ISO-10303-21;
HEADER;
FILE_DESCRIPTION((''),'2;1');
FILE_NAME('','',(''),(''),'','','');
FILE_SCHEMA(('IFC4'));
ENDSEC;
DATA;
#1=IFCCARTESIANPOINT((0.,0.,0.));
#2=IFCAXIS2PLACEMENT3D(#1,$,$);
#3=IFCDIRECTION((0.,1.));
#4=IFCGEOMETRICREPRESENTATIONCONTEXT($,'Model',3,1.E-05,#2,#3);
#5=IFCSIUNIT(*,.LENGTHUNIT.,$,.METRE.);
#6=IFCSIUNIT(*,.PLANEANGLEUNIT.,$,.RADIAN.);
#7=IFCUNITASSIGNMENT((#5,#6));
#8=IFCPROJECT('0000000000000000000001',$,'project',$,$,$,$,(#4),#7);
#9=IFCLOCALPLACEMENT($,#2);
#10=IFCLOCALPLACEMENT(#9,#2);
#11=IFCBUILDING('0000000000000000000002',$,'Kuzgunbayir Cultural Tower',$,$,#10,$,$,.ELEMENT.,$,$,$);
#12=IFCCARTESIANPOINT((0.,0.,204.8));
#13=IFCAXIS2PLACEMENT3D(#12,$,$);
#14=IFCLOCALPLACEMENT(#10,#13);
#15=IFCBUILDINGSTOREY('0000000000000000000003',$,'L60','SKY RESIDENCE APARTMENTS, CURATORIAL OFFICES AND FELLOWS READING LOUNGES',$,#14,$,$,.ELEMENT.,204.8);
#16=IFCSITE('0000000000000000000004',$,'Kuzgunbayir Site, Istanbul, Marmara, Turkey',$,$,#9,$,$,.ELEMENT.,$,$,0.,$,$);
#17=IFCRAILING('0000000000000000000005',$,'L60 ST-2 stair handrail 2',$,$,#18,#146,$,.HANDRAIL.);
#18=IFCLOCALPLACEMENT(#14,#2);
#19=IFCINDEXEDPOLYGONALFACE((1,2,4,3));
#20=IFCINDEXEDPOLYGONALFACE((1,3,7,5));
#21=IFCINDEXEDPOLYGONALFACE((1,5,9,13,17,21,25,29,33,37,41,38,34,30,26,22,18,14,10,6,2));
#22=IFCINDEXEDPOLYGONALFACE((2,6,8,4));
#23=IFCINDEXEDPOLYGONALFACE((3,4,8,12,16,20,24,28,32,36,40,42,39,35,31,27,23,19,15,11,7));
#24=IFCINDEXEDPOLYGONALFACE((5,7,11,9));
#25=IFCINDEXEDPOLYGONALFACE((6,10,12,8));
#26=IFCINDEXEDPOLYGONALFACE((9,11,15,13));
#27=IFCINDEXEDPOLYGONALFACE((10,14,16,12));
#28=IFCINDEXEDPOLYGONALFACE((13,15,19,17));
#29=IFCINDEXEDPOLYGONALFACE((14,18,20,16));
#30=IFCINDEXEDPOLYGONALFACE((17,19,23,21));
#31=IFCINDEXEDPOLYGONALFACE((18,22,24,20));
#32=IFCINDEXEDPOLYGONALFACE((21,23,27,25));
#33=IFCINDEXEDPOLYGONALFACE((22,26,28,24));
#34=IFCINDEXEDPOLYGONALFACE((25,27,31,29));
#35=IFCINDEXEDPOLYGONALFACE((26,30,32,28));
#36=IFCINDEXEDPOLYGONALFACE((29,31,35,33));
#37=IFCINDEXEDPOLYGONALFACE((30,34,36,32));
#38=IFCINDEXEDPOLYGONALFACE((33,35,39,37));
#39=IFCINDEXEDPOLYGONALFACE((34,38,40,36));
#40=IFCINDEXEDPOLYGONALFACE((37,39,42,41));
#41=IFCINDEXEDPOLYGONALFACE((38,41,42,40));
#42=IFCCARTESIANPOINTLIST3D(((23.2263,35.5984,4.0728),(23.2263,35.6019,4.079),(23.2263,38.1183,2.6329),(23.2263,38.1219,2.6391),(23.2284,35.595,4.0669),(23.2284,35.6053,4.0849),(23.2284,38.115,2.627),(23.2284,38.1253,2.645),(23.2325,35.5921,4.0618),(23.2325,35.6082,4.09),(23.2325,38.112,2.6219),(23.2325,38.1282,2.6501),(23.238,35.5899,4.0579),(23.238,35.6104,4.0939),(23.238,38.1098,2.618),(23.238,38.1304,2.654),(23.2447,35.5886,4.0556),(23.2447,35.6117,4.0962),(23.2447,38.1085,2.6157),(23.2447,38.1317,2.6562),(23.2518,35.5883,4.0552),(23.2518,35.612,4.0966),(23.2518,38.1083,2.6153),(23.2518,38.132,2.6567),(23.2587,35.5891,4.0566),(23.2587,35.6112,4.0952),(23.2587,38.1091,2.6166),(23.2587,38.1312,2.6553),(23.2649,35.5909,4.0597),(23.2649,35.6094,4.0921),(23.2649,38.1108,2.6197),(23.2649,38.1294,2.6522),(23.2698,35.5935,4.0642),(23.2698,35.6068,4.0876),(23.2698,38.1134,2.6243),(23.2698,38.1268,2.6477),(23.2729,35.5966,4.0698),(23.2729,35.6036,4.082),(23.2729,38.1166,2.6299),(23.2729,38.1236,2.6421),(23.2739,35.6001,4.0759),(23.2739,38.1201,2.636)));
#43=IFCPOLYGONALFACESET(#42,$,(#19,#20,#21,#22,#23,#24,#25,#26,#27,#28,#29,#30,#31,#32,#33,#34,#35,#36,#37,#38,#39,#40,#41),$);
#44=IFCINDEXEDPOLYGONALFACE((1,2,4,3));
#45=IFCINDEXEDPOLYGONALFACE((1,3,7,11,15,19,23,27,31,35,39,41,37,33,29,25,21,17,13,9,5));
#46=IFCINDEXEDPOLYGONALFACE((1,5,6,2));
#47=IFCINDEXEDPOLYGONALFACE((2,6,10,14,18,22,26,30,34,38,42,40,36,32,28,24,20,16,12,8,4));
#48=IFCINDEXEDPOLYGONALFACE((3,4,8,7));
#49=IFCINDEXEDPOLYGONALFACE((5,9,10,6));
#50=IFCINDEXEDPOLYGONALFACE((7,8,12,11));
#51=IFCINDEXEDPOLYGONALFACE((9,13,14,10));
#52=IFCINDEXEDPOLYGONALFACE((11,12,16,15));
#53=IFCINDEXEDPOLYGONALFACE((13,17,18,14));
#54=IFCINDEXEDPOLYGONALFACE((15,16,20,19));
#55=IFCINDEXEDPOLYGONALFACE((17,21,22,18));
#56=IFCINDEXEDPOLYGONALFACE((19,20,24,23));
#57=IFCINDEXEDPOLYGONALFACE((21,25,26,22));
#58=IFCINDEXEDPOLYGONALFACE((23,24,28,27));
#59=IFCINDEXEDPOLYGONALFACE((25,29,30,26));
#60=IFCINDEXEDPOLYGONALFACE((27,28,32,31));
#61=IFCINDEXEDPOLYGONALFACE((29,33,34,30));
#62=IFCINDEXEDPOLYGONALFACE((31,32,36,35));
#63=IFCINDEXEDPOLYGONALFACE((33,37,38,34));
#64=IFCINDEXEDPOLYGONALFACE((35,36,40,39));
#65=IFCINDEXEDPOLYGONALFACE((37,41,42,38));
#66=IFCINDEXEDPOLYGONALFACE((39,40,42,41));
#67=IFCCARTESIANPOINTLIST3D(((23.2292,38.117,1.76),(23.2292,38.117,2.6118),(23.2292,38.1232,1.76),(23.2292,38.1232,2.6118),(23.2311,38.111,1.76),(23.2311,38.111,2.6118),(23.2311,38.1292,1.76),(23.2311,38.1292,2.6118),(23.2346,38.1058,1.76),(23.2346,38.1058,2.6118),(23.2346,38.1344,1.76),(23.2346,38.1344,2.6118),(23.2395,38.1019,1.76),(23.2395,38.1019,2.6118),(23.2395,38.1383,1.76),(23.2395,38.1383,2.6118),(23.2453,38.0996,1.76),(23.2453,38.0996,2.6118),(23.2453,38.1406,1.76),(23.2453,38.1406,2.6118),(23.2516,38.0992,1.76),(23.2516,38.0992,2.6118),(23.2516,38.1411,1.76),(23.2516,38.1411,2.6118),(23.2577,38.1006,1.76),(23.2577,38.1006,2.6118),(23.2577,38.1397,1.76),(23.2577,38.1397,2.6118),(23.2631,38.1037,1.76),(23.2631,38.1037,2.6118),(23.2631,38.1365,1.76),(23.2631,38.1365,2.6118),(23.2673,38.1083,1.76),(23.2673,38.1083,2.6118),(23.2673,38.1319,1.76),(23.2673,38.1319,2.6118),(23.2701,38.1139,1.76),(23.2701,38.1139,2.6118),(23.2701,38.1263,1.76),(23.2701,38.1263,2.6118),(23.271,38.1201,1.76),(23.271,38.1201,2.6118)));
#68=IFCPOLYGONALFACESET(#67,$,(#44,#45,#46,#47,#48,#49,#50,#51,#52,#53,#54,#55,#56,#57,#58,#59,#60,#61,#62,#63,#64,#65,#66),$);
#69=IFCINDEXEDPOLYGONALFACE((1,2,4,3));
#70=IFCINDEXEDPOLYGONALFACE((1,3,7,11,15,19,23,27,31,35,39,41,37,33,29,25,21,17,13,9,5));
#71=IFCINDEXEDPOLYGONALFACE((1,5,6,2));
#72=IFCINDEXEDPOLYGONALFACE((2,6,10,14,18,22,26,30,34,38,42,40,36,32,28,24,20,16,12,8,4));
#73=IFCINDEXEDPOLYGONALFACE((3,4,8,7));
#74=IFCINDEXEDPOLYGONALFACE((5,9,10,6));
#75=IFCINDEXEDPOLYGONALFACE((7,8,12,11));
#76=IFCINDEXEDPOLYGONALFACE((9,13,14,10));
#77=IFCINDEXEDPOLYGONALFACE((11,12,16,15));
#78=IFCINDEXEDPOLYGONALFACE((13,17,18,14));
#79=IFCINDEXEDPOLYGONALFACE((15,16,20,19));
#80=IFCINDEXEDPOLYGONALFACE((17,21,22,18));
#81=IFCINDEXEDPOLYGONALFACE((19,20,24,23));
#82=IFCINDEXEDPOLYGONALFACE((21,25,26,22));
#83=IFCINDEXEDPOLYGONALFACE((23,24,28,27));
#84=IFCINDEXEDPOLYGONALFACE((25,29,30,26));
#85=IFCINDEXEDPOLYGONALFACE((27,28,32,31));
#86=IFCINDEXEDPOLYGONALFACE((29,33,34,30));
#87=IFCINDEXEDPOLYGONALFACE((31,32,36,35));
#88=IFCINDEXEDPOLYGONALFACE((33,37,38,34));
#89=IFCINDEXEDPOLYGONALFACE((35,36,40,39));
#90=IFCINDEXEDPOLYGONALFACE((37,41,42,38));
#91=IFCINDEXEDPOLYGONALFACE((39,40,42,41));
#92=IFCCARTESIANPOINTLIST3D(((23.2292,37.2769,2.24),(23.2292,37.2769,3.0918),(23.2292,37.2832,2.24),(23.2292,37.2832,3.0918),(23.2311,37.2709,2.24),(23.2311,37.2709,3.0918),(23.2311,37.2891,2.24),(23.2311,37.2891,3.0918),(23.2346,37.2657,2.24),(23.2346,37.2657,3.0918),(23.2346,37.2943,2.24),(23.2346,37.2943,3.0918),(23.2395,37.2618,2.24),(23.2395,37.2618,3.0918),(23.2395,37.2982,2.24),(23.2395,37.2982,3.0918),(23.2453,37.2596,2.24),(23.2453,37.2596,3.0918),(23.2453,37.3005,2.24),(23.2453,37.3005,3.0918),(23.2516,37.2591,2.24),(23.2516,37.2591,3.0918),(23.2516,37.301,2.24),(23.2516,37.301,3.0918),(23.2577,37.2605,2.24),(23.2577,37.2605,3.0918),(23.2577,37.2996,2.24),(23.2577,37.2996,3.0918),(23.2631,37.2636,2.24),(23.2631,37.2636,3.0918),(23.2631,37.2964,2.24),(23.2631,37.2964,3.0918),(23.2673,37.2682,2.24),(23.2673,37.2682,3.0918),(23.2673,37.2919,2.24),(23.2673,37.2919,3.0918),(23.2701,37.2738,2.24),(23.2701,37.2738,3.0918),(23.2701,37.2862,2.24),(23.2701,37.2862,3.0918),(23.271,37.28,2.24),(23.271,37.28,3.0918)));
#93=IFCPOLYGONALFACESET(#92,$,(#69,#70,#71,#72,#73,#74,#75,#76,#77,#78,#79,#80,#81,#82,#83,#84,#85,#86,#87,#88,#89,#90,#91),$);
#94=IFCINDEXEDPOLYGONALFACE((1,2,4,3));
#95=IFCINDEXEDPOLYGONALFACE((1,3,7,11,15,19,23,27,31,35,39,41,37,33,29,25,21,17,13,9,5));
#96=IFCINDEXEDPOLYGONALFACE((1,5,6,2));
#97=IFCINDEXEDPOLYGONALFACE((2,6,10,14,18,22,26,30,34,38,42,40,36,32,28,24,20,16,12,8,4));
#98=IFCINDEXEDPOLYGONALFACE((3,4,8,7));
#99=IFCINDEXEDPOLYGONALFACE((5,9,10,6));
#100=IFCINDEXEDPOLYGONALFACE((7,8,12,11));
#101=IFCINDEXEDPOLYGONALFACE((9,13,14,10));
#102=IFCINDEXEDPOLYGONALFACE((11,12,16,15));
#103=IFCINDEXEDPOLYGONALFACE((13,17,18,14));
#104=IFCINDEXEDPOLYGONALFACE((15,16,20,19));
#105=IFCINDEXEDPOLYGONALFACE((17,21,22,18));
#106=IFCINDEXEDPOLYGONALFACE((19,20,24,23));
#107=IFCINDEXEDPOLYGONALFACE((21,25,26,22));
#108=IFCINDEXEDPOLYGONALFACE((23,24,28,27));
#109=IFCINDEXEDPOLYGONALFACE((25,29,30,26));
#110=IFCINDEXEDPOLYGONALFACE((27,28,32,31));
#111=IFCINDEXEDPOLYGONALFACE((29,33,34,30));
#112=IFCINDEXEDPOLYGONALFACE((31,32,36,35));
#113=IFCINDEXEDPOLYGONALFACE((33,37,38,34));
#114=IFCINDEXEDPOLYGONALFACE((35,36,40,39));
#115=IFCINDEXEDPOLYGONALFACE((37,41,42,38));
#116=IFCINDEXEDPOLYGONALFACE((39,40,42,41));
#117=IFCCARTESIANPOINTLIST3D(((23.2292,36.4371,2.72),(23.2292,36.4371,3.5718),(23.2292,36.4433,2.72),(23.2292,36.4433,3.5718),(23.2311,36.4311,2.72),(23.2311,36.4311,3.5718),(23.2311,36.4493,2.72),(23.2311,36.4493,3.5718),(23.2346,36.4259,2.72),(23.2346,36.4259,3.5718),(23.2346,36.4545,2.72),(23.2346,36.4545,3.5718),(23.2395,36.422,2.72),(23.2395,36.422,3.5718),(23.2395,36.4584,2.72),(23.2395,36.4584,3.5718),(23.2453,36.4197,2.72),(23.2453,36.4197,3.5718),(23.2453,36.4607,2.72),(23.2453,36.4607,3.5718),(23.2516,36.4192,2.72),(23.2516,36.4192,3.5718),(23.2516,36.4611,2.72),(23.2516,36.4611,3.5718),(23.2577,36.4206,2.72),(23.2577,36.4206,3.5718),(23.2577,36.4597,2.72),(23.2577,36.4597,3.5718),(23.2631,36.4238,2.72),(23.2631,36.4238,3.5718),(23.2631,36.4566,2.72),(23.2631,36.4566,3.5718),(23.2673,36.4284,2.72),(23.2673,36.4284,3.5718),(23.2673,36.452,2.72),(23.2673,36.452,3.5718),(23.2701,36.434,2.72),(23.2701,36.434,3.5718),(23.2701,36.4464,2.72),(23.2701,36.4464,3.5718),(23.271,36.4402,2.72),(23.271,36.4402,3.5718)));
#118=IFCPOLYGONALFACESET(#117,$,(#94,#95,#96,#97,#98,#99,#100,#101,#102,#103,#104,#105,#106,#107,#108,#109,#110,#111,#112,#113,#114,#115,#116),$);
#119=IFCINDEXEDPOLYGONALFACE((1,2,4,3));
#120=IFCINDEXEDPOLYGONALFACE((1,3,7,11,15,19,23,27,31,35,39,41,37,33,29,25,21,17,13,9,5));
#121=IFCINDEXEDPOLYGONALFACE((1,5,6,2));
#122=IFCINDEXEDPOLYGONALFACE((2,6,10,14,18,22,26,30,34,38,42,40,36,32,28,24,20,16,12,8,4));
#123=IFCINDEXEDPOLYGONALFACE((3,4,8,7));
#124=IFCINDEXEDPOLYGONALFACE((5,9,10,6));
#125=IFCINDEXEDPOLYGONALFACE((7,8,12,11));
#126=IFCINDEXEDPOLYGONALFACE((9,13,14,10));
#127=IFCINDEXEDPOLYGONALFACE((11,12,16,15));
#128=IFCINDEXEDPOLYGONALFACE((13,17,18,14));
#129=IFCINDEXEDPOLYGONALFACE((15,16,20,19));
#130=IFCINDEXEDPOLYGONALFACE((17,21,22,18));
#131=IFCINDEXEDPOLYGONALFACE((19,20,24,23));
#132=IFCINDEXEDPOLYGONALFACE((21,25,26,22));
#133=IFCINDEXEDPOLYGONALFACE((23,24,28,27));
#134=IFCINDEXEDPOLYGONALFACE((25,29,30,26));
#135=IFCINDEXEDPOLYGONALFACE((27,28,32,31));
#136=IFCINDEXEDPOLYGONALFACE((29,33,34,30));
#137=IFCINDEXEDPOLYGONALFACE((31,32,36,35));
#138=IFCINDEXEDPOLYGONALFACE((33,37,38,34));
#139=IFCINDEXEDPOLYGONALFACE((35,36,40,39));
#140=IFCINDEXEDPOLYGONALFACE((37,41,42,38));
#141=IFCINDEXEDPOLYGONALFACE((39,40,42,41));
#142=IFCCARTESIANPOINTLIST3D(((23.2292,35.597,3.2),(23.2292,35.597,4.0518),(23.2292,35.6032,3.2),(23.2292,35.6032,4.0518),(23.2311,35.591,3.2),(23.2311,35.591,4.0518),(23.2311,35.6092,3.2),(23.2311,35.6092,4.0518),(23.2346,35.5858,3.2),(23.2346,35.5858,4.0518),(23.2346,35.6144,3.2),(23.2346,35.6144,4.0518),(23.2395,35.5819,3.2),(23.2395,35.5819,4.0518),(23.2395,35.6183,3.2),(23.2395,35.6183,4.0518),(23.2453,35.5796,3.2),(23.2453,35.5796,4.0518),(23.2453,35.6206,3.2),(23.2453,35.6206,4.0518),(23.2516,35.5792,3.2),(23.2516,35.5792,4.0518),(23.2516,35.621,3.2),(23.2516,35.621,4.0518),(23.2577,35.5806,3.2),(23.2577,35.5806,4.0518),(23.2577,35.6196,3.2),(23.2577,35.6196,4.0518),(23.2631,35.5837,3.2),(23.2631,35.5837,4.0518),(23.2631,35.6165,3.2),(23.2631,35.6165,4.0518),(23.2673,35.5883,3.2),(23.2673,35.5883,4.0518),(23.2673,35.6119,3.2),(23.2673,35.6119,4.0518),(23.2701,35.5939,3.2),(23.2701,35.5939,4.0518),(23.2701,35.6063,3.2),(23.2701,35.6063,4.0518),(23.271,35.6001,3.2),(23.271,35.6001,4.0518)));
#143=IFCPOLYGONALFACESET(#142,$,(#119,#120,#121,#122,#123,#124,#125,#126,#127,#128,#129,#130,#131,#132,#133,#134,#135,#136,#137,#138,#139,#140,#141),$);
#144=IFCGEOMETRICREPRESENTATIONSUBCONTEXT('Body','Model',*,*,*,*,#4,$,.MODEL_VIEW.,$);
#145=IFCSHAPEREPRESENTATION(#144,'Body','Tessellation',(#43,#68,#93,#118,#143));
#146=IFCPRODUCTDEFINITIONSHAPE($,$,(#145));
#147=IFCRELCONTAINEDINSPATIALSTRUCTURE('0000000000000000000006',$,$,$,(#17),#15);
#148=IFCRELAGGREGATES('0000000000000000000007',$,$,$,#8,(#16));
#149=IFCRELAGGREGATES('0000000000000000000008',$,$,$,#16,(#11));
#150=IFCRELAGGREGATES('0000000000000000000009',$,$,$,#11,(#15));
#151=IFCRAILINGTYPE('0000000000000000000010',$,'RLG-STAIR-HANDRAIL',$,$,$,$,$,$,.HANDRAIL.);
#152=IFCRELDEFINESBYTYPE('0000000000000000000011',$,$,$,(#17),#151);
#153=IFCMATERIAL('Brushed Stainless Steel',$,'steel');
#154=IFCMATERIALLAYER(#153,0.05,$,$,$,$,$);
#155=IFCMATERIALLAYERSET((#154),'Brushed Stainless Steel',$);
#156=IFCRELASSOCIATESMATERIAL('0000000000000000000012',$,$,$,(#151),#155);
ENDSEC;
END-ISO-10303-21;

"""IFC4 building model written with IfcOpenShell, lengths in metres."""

from ifc_helpers import new_model, si_unit, direction, frame, origin, origin_2d, place, context, subcontext, project, spatial, circle, extrude, material, layer, layer_set, type_object, element, save


model = new_model("IFC4")

# Units and contexts
model_context = context("Model", 3, precision=1e-05, world=origin(), true_north=direction((0.0, 1.0)))
body_context = subcontext(model_context, "Body", "Model", "MODEL_VIEW")
ifc_project = project(units=[si_unit("LENGTHUNIT", "METRE"), si_unit("PLANEANGLEUNIT", "RADIAN")], contexts=[model_context])

# Site, building, storey
site_placement = place(None, origin())
site = spatial("IfcSite", under=ifc_project, at=site_placement, Name="Kuzgunbayir Site, Istanbul, Marmara, Turkey", CompositionType="ELEMENT", RefElevation=0.0)
building_placement = place(site_placement, origin())
building = spatial("IfcBuilding", under=site, at=building_placement, Name="Kuzgunbayir Cultural Tower", CompositionType="ELEMENT")
storey_placement = place(building_placement, frame((0.0, 0.0, 204.8)))
storey = spatial("IfcBuildingStorey", under=building, at=storey_placement, Name="L60", Description="SKY RESIDENCE APARTMENTS, CURATORIAL OFFICES AND FELLOWS READING LOUNGES", CompositionType="ELEMENT", Elevation=204.8)

# Shared definitions
ifc_material_1 = material(Name="Brushed Stainless Steel", Category="steel")

# Railing
ifc_layer_1 = layer(ifc_material_1, 0.05)
ifc_layer_set_1 = layer_set([ifc_layer_1], Name="Brushed Stainless Steel")
railing_type_1 = type_object("IfcRailingType", Name="RLG-STAIR-HANDRAIL", PredefinedType="HANDRAIL", material=ifc_layer_set_1)
railing_1_placement = place(storey_placement, frame((23.25, 38.1201, 1.76)))
element("IfcRailing", 1, at=railing_1_placement, inside=storey, type_object=railing_type_1, Name="L60 ST-2 stair handrail 2", PredefinedType="HANDRAIL", context=body_context, shape_type="SweptSolid", body=[
    extrude(circle(Radius=0.0239, at=origin_2d()), frame((0.0, 0.0, 0.876), z_axis=(0.0, -0.868253, 0.496121), x_axis=(1.0, 0.0, 0.0)), (0.0, 0.0, 1.0), 2.9023),
    extrude(circle(Radius=0.021, at=origin_2d()), origin(), (0.0, 0.0, 1.0), 0.8518),
    extrude(circle(Radius=0.021, at=origin_2d()), frame((0.0, -0.8401, 0.48)), (0.0, 0.0, 1.0), 0.8518),
    extrude(circle(Radius=0.021, at=origin_2d()), frame((0.0, -1.6799, 0.96)), (0.0, 0.0, 1.0), 0.8518),
    extrude(circle(Radius=0.021, at=origin_2d()), frame((0.0, -2.52, 1.4399)), (0.0, 0.0, 1.0), 0.8518),
])

save(model, "model.ifc")
